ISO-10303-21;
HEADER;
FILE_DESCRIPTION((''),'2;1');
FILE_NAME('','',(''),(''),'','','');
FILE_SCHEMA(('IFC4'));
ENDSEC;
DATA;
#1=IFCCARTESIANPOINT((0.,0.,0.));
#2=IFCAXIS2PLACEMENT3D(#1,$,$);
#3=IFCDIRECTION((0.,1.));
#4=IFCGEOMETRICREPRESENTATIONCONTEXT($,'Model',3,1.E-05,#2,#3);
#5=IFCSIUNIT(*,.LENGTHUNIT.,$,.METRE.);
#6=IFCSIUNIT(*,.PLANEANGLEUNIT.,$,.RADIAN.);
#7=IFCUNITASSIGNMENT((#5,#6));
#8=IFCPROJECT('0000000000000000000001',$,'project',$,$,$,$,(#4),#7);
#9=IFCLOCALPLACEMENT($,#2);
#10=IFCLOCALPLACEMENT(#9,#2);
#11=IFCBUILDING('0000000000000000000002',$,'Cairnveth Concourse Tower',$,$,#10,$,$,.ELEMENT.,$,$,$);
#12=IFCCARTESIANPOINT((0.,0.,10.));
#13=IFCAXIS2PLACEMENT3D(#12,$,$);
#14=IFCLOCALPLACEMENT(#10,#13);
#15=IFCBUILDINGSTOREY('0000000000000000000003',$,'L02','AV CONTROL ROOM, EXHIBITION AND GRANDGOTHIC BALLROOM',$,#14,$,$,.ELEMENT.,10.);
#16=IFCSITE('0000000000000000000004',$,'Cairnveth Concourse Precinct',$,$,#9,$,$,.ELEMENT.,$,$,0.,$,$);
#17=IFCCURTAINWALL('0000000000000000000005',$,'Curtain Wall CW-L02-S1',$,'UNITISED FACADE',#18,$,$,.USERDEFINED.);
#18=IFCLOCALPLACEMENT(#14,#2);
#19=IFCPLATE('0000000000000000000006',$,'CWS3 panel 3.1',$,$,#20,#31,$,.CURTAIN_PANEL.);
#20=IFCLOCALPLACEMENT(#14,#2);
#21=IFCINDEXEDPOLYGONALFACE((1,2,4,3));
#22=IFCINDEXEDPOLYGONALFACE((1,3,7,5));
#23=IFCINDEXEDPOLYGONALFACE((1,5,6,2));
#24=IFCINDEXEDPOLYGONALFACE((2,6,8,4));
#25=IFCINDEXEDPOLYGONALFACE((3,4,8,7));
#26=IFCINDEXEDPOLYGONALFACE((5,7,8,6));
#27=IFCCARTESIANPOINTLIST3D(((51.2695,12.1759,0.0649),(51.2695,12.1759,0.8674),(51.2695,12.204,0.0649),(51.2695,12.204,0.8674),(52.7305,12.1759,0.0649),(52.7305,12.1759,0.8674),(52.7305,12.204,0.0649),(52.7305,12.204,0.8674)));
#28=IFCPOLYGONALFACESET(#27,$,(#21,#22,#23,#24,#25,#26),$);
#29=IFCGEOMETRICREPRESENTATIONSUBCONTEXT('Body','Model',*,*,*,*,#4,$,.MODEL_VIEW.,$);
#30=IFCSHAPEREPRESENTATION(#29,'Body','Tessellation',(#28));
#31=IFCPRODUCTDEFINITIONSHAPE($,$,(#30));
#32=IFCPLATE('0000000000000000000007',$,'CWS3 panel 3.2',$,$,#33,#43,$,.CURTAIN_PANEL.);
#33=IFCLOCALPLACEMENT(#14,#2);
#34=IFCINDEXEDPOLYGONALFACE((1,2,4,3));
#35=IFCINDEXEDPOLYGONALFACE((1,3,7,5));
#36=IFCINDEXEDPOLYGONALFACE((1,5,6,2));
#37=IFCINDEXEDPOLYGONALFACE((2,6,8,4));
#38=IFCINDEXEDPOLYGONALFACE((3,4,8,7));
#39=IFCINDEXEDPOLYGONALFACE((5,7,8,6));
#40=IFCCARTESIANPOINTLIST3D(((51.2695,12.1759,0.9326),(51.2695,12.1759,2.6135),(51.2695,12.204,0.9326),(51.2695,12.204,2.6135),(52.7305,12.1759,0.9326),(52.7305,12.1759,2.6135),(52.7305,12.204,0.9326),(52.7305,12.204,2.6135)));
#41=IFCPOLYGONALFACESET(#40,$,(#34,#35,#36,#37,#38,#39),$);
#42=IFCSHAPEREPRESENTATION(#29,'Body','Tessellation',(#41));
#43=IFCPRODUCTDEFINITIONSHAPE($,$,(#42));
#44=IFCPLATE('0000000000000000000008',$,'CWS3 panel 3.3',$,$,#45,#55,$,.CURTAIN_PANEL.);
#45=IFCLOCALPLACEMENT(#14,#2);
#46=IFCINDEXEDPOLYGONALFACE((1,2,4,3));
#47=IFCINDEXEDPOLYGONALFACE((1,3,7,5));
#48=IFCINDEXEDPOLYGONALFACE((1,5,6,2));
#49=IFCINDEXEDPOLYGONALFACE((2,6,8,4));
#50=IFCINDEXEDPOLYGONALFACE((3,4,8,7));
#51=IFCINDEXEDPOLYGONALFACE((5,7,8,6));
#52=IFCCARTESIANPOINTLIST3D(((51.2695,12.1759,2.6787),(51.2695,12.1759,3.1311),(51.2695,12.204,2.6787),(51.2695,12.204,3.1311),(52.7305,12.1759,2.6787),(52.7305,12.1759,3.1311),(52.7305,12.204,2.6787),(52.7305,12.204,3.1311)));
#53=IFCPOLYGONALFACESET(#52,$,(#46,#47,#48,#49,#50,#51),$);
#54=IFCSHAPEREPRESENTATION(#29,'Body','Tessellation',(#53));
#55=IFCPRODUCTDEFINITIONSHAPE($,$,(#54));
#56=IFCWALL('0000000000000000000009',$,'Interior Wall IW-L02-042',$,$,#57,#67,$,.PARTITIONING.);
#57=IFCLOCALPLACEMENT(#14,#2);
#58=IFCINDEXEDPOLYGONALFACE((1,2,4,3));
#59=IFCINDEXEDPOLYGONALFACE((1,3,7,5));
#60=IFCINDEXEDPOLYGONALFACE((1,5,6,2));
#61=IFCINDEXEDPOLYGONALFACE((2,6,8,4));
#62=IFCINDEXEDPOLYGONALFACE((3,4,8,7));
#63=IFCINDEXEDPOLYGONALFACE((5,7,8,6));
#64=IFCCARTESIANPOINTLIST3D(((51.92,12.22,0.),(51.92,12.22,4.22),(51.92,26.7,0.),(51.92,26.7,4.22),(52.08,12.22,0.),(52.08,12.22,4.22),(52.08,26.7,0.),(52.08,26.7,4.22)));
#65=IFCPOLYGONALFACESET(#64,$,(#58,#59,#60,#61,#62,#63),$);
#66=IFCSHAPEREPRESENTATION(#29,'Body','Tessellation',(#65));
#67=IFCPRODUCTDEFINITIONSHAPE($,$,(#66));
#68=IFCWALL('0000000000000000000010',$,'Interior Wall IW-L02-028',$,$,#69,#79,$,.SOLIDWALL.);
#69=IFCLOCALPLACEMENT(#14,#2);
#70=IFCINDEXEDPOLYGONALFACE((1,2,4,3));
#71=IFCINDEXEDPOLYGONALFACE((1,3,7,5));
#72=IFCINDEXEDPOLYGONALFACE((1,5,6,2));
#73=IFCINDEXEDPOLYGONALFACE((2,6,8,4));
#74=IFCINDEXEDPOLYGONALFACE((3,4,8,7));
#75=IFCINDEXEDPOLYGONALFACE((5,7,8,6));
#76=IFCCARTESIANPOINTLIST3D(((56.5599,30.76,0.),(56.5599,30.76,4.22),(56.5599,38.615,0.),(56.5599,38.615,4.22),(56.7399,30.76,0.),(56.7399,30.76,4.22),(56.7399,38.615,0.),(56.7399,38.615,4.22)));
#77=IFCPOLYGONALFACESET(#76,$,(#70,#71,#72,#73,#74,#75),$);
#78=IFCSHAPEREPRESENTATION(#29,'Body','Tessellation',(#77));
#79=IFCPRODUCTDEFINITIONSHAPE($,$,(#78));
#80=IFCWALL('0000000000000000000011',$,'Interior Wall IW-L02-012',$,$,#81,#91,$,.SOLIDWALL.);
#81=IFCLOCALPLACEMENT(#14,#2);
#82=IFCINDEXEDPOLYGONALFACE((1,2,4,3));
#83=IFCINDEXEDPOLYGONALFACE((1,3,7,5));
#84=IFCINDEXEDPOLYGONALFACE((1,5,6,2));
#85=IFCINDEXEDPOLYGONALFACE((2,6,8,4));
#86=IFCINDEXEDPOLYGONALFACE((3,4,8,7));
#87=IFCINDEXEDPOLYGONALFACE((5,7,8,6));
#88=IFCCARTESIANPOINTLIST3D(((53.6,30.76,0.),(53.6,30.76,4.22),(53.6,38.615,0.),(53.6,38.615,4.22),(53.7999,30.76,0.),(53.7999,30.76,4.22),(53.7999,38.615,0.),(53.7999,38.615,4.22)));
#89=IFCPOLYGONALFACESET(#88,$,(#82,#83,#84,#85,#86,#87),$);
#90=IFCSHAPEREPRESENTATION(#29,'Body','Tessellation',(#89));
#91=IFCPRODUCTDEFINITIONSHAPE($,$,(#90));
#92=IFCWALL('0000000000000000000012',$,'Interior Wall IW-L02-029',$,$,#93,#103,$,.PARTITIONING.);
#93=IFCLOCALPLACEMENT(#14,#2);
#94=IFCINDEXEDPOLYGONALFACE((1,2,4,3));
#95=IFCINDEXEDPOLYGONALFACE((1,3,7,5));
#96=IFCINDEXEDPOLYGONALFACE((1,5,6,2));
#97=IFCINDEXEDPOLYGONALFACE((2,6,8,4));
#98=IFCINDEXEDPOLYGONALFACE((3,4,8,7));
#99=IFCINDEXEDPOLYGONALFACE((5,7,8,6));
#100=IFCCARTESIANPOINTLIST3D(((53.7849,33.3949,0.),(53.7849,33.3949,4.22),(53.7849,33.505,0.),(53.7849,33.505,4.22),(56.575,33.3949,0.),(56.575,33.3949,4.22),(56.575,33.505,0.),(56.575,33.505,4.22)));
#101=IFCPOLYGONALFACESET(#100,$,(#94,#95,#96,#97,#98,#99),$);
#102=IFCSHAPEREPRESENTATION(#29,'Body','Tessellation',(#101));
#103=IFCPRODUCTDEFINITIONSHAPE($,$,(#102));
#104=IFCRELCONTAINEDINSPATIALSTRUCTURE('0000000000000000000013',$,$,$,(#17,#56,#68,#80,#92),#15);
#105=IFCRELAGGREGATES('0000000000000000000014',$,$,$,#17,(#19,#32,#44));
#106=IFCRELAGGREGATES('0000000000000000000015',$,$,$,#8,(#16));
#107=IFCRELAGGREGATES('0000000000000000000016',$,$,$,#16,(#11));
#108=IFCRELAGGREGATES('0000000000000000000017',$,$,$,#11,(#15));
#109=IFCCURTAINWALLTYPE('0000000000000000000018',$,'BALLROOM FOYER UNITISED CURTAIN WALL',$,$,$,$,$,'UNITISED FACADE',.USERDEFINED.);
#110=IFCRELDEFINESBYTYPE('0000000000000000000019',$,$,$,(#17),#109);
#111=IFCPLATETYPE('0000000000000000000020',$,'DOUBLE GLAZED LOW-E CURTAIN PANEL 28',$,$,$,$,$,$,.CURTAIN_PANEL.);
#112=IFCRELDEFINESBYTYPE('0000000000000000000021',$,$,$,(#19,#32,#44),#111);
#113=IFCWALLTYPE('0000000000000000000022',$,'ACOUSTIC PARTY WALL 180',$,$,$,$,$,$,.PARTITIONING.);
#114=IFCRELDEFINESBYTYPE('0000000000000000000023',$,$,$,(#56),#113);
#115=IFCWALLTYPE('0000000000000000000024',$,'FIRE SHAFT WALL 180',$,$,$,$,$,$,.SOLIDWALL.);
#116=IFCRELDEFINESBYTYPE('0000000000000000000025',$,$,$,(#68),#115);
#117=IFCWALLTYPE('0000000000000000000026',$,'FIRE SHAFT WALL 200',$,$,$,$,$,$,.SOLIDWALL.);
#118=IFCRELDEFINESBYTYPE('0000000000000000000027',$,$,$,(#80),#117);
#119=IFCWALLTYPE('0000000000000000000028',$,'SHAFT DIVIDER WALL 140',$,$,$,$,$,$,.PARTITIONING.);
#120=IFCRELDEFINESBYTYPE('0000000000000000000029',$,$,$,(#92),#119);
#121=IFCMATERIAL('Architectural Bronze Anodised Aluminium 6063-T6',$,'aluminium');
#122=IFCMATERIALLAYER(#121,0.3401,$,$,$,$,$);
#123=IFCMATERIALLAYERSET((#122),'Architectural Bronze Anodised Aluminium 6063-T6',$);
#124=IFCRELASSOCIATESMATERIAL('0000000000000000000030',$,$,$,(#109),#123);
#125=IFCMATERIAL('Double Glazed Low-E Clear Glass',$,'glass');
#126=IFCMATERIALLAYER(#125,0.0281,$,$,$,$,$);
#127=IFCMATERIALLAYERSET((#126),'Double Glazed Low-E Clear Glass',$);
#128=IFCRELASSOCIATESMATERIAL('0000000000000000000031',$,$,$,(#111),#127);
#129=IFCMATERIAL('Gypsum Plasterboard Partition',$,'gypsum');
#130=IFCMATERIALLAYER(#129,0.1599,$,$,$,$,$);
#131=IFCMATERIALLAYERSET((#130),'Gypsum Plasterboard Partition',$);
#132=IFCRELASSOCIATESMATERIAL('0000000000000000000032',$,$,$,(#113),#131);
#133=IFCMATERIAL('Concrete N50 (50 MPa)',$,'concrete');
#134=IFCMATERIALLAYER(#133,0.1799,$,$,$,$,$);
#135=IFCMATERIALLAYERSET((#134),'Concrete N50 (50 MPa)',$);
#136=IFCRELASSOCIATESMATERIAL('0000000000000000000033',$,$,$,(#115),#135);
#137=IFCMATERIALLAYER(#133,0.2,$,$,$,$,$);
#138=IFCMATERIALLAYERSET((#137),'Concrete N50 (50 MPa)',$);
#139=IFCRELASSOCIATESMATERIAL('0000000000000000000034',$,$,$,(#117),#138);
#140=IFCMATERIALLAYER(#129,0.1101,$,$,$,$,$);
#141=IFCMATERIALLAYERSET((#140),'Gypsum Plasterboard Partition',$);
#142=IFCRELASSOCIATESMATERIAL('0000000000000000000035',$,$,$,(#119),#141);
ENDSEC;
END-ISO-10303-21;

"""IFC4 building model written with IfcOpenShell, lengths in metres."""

from ifc_helpers import new_model, si_unit, direction, frame, frame_2d, origin, origin_2d, place, context, subcontext, project, spatial, rectangle, extrude, material, layer, layer_set, type_object, element, aggregate, save


model = new_model("IFC4")

# Units and contexts
model_context = context("Model", 3, precision=1e-05, world=origin(), true_north=direction((0.0, 1.0)))
body_context = subcontext(model_context, "Body", "Model", "MODEL_VIEW")
ifc_project = project(units=[si_unit("LENGTHUNIT", "METRE"), si_unit("PLANEANGLEUNIT", "RADIAN")], contexts=[model_context])

# Site, building, storey
site_placement = place(None, origin())
site = spatial("IfcSite", under=ifc_project, at=site_placement, Name="Cairnveth Concourse Precinct", CompositionType="ELEMENT", RefElevation=0.0)
building_placement = place(site_placement, origin())
building = spatial("IfcBuilding", under=site, at=building_placement, Name="Cairnveth Concourse Tower", CompositionType="ELEMENT")
storey_placement = place(building_placement, frame((0.0, 0.0, 10.0)))
storey = spatial("IfcBuildingStorey", under=building, at=storey_placement, Name="L02", Description="AV CONTROL ROOM, EXHIBITION AND GRANDGOTHIC BALLROOM", CompositionType="ELEMENT", Elevation=10.0)

# Curtain wall
ifc_material_1 = material(Name="Architectural Bronze Anodised Aluminium 6063-T6", Category="aluminium")
ifc_layer_1 = layer(ifc_material_1, 0.3401)
ifc_layer_set_1 = layer_set([ifc_layer_1], Name="Architectural Bronze Anodised Aluminium 6063-T6")
curtain_wall_type = type_object("IfcCurtainWallType", Name="BALLROOM FOYER UNITISED CURTAIN WALL", ElementType="UNITISED FACADE", PredefinedType="USERDEFINED", material=ifc_layer_set_1)
curtain_wall_placement = place(storey_placement, origin())
curtain_wall = element("IfcCurtainWall", 1, at=curtain_wall_placement, inside=storey, type_object=curtain_wall_type, Name="Curtain Wall CW-L02-S1", ObjectType="UNITISED FACADE", PredefinedType="USERDEFINED")

# Plates
ifc_material_2 = material(Name="Double Glazed Low-E Clear Glass", Category="glass")
ifc_layer_2 = layer(ifc_material_2, 0.0281)
ifc_layer_set_2 = layer_set([ifc_layer_2], Name="Double Glazed Low-E Clear Glass")
plate_type = type_object("IfcPlateType", Name="DOUBLE GLAZED LOW-E CURTAIN PANEL 28", PredefinedType="CURTAIN_PANEL", material=ifc_layer_set_2)
plate_1_placement = place(storey_placement, frame((52.0, 12.1899, 0.0649), z_axis=(0.0, 0.0, 1.0), x_axis=(-1.0, 0.0, 0.0)))
plate_1 = element("IfcPlate", 2, at=plate_1_placement, type_object=plate_type, Name="CWS3 panel 3.1", PredefinedType="CURTAIN_PANEL", context=body_context, shape_type="SweptSolid", body=[
    extrude(rectangle(XDim=1.4609, YDim=0.0281, at=origin_2d()), origin(), (0.0, 0.0, 1.0), 0.8025),
])
plate_2_placement = place(storey_placement, frame((52.0, 12.1899, 0.9326), z_axis=(0.0, 0.0, 1.0), x_axis=(-1.0, 0.0, 0.0)))
plate_2 = element("IfcPlate", 3, at=plate_2_placement, type_object=plate_type, Name="CWS3 panel 3.2", PredefinedType="CURTAIN_PANEL", context=body_context, shape_type="SweptSolid", body=[
    extrude(rectangle(XDim=1.4609, YDim=0.0281, at=origin_2d()), origin(), (0.0, 0.0, 1.0), 1.6809),
])
plate_3_placement = place(storey_placement, frame((52.0, 12.1899, 2.6787), z_axis=(0.0, 0.0, 1.0), x_axis=(-1.0, 0.0, 0.0)))
plate_3 = element("IfcPlate", 4, at=plate_3_placement, type_object=plate_type, Name="CWS3 panel 3.3", PredefinedType="CURTAIN_PANEL", context=body_context, shape_type="SweptSolid", body=[
    extrude(rectangle(XDim=1.4609, YDim=0.0281, at=origin_2d()), origin(), (0.0, 0.0, 1.0), 0.4524),
])
aggregate(curtain_wall, [plate_1, plate_2, plate_3])

# Walls
ifc_material_3 = material(Name="Gypsum Plasterboard Partition", Category="gypsum")
ifc_layer_3 = layer(ifc_material_3, 0.1599)
ifc_layer_set_3 = layer_set([ifc_layer_3], Name="Gypsum Plasterboard Partition")
wall_type_1 = type_object("IfcWallType", Name="ACOUSTIC PARTY WALL 180", PredefinedType="PARTITIONING", material=ifc_layer_set_3)
wall_1_placement = place(storey_placement, frame((52.0, 12.22, 0.0), z_axis=(0.0, 0.0, 1.0), x_axis=(0.0, 1.0, 0.0)))
element("IfcWall", 5, at=wall_1_placement, inside=storey, type_object=wall_type_1, Name="Interior Wall IW-L02-042", PredefinedType="PARTITIONING", context=body_context, shape_type="SweptSolid", body=[
    extrude(rectangle(XDim=14.48, YDim=0.1599, at=frame_2d((7.24, 0.0))), origin(), (0.0, 0.0, 1.0), 4.22),
])
ifc_material_4 = material(Name="Concrete N50 (50 MPa)", Category="concrete")
ifc_layer_4 = layer(ifc_material_4, 0.1799)
ifc_layer_set_4 = layer_set([ifc_layer_4], Name="Concrete N50 (50 MPa)")
wall_type_2 = type_object("IfcWallType", Name="FIRE SHAFT WALL 180", PredefinedType="SOLIDWALL", material=ifc_layer_set_4)
wall_2_placement = place(storey_placement, frame((56.6499, 30.76, 0.0), z_axis=(0.0, 0.0, 1.0), x_axis=(0.0, 1.0, 0.0)))
element("IfcWall", 6, at=wall_2_placement, inside=storey, type_object=wall_type_2, Name="Interior Wall IW-L02-028", PredefinedType="SOLIDWALL", context=body_context, shape_type="SweptSolid", body=[
    extrude(rectangle(XDim=7.855, YDim=0.1799, at=frame_2d((3.9275, 0.0))), origin(), (0.0, 0.0, 1.0), 4.22),
])
ifc_layer_5 = layer(ifc_material_4, 0.2)
ifc_layer_set_5 = layer_set([ifc_layer_5], Name="Concrete N50 (50 MPa)")
wall_type_3 = type_object("IfcWallType", Name="FIRE SHAFT WALL 200", PredefinedType="SOLIDWALL", material=ifc_layer_set_5)
wall_3_placement = place(storey_placement, frame((53.7, 30.76, 0.0), z_axis=(0.0, 0.0, 1.0), x_axis=(0.0, 1.0, 0.0)))
element("IfcWall", 7, at=wall_3_placement, inside=storey, type_object=wall_type_3, Name="Interior Wall IW-L02-012", PredefinedType="SOLIDWALL", context=body_context, shape_type="SweptSolid", body=[
    extrude(rectangle(XDim=7.855, YDim=0.2, at=frame_2d((3.9275, 0.0))), origin(), (0.0, 0.0, 1.0), 4.22),
])
ifc_layer_6 = layer(ifc_material_3, 0.1101)
ifc_layer_set_6 = layer_set([ifc_layer_6], Name="Gypsum Plasterboard Partition")
wall_type_4 = type_object("IfcWallType", Name="SHAFT DIVIDER WALL 140", PredefinedType="PARTITIONING", material=ifc_layer_set_6)
wall_4_placement = place(storey_placement, frame((53.7849, 33.45, 0.0), z_axis=(0.0, 0.0, 1.0), x_axis=(1.0, 0.0, 0.0)))
element("IfcWall", 8, at=wall_4_placement, inside=storey, type_object=wall_type_4, Name="Interior Wall IW-L02-029", PredefinedType="PARTITIONING", context=body_context, shape_type="SweptSolid", body=[
    extrude(rectangle(XDim=2.79, YDim=0.1101, at=frame_2d((1.395, 0.0))), origin(), (0.0, 0.0, 1.0), 4.22),
])

save(model, "model.ifc")
